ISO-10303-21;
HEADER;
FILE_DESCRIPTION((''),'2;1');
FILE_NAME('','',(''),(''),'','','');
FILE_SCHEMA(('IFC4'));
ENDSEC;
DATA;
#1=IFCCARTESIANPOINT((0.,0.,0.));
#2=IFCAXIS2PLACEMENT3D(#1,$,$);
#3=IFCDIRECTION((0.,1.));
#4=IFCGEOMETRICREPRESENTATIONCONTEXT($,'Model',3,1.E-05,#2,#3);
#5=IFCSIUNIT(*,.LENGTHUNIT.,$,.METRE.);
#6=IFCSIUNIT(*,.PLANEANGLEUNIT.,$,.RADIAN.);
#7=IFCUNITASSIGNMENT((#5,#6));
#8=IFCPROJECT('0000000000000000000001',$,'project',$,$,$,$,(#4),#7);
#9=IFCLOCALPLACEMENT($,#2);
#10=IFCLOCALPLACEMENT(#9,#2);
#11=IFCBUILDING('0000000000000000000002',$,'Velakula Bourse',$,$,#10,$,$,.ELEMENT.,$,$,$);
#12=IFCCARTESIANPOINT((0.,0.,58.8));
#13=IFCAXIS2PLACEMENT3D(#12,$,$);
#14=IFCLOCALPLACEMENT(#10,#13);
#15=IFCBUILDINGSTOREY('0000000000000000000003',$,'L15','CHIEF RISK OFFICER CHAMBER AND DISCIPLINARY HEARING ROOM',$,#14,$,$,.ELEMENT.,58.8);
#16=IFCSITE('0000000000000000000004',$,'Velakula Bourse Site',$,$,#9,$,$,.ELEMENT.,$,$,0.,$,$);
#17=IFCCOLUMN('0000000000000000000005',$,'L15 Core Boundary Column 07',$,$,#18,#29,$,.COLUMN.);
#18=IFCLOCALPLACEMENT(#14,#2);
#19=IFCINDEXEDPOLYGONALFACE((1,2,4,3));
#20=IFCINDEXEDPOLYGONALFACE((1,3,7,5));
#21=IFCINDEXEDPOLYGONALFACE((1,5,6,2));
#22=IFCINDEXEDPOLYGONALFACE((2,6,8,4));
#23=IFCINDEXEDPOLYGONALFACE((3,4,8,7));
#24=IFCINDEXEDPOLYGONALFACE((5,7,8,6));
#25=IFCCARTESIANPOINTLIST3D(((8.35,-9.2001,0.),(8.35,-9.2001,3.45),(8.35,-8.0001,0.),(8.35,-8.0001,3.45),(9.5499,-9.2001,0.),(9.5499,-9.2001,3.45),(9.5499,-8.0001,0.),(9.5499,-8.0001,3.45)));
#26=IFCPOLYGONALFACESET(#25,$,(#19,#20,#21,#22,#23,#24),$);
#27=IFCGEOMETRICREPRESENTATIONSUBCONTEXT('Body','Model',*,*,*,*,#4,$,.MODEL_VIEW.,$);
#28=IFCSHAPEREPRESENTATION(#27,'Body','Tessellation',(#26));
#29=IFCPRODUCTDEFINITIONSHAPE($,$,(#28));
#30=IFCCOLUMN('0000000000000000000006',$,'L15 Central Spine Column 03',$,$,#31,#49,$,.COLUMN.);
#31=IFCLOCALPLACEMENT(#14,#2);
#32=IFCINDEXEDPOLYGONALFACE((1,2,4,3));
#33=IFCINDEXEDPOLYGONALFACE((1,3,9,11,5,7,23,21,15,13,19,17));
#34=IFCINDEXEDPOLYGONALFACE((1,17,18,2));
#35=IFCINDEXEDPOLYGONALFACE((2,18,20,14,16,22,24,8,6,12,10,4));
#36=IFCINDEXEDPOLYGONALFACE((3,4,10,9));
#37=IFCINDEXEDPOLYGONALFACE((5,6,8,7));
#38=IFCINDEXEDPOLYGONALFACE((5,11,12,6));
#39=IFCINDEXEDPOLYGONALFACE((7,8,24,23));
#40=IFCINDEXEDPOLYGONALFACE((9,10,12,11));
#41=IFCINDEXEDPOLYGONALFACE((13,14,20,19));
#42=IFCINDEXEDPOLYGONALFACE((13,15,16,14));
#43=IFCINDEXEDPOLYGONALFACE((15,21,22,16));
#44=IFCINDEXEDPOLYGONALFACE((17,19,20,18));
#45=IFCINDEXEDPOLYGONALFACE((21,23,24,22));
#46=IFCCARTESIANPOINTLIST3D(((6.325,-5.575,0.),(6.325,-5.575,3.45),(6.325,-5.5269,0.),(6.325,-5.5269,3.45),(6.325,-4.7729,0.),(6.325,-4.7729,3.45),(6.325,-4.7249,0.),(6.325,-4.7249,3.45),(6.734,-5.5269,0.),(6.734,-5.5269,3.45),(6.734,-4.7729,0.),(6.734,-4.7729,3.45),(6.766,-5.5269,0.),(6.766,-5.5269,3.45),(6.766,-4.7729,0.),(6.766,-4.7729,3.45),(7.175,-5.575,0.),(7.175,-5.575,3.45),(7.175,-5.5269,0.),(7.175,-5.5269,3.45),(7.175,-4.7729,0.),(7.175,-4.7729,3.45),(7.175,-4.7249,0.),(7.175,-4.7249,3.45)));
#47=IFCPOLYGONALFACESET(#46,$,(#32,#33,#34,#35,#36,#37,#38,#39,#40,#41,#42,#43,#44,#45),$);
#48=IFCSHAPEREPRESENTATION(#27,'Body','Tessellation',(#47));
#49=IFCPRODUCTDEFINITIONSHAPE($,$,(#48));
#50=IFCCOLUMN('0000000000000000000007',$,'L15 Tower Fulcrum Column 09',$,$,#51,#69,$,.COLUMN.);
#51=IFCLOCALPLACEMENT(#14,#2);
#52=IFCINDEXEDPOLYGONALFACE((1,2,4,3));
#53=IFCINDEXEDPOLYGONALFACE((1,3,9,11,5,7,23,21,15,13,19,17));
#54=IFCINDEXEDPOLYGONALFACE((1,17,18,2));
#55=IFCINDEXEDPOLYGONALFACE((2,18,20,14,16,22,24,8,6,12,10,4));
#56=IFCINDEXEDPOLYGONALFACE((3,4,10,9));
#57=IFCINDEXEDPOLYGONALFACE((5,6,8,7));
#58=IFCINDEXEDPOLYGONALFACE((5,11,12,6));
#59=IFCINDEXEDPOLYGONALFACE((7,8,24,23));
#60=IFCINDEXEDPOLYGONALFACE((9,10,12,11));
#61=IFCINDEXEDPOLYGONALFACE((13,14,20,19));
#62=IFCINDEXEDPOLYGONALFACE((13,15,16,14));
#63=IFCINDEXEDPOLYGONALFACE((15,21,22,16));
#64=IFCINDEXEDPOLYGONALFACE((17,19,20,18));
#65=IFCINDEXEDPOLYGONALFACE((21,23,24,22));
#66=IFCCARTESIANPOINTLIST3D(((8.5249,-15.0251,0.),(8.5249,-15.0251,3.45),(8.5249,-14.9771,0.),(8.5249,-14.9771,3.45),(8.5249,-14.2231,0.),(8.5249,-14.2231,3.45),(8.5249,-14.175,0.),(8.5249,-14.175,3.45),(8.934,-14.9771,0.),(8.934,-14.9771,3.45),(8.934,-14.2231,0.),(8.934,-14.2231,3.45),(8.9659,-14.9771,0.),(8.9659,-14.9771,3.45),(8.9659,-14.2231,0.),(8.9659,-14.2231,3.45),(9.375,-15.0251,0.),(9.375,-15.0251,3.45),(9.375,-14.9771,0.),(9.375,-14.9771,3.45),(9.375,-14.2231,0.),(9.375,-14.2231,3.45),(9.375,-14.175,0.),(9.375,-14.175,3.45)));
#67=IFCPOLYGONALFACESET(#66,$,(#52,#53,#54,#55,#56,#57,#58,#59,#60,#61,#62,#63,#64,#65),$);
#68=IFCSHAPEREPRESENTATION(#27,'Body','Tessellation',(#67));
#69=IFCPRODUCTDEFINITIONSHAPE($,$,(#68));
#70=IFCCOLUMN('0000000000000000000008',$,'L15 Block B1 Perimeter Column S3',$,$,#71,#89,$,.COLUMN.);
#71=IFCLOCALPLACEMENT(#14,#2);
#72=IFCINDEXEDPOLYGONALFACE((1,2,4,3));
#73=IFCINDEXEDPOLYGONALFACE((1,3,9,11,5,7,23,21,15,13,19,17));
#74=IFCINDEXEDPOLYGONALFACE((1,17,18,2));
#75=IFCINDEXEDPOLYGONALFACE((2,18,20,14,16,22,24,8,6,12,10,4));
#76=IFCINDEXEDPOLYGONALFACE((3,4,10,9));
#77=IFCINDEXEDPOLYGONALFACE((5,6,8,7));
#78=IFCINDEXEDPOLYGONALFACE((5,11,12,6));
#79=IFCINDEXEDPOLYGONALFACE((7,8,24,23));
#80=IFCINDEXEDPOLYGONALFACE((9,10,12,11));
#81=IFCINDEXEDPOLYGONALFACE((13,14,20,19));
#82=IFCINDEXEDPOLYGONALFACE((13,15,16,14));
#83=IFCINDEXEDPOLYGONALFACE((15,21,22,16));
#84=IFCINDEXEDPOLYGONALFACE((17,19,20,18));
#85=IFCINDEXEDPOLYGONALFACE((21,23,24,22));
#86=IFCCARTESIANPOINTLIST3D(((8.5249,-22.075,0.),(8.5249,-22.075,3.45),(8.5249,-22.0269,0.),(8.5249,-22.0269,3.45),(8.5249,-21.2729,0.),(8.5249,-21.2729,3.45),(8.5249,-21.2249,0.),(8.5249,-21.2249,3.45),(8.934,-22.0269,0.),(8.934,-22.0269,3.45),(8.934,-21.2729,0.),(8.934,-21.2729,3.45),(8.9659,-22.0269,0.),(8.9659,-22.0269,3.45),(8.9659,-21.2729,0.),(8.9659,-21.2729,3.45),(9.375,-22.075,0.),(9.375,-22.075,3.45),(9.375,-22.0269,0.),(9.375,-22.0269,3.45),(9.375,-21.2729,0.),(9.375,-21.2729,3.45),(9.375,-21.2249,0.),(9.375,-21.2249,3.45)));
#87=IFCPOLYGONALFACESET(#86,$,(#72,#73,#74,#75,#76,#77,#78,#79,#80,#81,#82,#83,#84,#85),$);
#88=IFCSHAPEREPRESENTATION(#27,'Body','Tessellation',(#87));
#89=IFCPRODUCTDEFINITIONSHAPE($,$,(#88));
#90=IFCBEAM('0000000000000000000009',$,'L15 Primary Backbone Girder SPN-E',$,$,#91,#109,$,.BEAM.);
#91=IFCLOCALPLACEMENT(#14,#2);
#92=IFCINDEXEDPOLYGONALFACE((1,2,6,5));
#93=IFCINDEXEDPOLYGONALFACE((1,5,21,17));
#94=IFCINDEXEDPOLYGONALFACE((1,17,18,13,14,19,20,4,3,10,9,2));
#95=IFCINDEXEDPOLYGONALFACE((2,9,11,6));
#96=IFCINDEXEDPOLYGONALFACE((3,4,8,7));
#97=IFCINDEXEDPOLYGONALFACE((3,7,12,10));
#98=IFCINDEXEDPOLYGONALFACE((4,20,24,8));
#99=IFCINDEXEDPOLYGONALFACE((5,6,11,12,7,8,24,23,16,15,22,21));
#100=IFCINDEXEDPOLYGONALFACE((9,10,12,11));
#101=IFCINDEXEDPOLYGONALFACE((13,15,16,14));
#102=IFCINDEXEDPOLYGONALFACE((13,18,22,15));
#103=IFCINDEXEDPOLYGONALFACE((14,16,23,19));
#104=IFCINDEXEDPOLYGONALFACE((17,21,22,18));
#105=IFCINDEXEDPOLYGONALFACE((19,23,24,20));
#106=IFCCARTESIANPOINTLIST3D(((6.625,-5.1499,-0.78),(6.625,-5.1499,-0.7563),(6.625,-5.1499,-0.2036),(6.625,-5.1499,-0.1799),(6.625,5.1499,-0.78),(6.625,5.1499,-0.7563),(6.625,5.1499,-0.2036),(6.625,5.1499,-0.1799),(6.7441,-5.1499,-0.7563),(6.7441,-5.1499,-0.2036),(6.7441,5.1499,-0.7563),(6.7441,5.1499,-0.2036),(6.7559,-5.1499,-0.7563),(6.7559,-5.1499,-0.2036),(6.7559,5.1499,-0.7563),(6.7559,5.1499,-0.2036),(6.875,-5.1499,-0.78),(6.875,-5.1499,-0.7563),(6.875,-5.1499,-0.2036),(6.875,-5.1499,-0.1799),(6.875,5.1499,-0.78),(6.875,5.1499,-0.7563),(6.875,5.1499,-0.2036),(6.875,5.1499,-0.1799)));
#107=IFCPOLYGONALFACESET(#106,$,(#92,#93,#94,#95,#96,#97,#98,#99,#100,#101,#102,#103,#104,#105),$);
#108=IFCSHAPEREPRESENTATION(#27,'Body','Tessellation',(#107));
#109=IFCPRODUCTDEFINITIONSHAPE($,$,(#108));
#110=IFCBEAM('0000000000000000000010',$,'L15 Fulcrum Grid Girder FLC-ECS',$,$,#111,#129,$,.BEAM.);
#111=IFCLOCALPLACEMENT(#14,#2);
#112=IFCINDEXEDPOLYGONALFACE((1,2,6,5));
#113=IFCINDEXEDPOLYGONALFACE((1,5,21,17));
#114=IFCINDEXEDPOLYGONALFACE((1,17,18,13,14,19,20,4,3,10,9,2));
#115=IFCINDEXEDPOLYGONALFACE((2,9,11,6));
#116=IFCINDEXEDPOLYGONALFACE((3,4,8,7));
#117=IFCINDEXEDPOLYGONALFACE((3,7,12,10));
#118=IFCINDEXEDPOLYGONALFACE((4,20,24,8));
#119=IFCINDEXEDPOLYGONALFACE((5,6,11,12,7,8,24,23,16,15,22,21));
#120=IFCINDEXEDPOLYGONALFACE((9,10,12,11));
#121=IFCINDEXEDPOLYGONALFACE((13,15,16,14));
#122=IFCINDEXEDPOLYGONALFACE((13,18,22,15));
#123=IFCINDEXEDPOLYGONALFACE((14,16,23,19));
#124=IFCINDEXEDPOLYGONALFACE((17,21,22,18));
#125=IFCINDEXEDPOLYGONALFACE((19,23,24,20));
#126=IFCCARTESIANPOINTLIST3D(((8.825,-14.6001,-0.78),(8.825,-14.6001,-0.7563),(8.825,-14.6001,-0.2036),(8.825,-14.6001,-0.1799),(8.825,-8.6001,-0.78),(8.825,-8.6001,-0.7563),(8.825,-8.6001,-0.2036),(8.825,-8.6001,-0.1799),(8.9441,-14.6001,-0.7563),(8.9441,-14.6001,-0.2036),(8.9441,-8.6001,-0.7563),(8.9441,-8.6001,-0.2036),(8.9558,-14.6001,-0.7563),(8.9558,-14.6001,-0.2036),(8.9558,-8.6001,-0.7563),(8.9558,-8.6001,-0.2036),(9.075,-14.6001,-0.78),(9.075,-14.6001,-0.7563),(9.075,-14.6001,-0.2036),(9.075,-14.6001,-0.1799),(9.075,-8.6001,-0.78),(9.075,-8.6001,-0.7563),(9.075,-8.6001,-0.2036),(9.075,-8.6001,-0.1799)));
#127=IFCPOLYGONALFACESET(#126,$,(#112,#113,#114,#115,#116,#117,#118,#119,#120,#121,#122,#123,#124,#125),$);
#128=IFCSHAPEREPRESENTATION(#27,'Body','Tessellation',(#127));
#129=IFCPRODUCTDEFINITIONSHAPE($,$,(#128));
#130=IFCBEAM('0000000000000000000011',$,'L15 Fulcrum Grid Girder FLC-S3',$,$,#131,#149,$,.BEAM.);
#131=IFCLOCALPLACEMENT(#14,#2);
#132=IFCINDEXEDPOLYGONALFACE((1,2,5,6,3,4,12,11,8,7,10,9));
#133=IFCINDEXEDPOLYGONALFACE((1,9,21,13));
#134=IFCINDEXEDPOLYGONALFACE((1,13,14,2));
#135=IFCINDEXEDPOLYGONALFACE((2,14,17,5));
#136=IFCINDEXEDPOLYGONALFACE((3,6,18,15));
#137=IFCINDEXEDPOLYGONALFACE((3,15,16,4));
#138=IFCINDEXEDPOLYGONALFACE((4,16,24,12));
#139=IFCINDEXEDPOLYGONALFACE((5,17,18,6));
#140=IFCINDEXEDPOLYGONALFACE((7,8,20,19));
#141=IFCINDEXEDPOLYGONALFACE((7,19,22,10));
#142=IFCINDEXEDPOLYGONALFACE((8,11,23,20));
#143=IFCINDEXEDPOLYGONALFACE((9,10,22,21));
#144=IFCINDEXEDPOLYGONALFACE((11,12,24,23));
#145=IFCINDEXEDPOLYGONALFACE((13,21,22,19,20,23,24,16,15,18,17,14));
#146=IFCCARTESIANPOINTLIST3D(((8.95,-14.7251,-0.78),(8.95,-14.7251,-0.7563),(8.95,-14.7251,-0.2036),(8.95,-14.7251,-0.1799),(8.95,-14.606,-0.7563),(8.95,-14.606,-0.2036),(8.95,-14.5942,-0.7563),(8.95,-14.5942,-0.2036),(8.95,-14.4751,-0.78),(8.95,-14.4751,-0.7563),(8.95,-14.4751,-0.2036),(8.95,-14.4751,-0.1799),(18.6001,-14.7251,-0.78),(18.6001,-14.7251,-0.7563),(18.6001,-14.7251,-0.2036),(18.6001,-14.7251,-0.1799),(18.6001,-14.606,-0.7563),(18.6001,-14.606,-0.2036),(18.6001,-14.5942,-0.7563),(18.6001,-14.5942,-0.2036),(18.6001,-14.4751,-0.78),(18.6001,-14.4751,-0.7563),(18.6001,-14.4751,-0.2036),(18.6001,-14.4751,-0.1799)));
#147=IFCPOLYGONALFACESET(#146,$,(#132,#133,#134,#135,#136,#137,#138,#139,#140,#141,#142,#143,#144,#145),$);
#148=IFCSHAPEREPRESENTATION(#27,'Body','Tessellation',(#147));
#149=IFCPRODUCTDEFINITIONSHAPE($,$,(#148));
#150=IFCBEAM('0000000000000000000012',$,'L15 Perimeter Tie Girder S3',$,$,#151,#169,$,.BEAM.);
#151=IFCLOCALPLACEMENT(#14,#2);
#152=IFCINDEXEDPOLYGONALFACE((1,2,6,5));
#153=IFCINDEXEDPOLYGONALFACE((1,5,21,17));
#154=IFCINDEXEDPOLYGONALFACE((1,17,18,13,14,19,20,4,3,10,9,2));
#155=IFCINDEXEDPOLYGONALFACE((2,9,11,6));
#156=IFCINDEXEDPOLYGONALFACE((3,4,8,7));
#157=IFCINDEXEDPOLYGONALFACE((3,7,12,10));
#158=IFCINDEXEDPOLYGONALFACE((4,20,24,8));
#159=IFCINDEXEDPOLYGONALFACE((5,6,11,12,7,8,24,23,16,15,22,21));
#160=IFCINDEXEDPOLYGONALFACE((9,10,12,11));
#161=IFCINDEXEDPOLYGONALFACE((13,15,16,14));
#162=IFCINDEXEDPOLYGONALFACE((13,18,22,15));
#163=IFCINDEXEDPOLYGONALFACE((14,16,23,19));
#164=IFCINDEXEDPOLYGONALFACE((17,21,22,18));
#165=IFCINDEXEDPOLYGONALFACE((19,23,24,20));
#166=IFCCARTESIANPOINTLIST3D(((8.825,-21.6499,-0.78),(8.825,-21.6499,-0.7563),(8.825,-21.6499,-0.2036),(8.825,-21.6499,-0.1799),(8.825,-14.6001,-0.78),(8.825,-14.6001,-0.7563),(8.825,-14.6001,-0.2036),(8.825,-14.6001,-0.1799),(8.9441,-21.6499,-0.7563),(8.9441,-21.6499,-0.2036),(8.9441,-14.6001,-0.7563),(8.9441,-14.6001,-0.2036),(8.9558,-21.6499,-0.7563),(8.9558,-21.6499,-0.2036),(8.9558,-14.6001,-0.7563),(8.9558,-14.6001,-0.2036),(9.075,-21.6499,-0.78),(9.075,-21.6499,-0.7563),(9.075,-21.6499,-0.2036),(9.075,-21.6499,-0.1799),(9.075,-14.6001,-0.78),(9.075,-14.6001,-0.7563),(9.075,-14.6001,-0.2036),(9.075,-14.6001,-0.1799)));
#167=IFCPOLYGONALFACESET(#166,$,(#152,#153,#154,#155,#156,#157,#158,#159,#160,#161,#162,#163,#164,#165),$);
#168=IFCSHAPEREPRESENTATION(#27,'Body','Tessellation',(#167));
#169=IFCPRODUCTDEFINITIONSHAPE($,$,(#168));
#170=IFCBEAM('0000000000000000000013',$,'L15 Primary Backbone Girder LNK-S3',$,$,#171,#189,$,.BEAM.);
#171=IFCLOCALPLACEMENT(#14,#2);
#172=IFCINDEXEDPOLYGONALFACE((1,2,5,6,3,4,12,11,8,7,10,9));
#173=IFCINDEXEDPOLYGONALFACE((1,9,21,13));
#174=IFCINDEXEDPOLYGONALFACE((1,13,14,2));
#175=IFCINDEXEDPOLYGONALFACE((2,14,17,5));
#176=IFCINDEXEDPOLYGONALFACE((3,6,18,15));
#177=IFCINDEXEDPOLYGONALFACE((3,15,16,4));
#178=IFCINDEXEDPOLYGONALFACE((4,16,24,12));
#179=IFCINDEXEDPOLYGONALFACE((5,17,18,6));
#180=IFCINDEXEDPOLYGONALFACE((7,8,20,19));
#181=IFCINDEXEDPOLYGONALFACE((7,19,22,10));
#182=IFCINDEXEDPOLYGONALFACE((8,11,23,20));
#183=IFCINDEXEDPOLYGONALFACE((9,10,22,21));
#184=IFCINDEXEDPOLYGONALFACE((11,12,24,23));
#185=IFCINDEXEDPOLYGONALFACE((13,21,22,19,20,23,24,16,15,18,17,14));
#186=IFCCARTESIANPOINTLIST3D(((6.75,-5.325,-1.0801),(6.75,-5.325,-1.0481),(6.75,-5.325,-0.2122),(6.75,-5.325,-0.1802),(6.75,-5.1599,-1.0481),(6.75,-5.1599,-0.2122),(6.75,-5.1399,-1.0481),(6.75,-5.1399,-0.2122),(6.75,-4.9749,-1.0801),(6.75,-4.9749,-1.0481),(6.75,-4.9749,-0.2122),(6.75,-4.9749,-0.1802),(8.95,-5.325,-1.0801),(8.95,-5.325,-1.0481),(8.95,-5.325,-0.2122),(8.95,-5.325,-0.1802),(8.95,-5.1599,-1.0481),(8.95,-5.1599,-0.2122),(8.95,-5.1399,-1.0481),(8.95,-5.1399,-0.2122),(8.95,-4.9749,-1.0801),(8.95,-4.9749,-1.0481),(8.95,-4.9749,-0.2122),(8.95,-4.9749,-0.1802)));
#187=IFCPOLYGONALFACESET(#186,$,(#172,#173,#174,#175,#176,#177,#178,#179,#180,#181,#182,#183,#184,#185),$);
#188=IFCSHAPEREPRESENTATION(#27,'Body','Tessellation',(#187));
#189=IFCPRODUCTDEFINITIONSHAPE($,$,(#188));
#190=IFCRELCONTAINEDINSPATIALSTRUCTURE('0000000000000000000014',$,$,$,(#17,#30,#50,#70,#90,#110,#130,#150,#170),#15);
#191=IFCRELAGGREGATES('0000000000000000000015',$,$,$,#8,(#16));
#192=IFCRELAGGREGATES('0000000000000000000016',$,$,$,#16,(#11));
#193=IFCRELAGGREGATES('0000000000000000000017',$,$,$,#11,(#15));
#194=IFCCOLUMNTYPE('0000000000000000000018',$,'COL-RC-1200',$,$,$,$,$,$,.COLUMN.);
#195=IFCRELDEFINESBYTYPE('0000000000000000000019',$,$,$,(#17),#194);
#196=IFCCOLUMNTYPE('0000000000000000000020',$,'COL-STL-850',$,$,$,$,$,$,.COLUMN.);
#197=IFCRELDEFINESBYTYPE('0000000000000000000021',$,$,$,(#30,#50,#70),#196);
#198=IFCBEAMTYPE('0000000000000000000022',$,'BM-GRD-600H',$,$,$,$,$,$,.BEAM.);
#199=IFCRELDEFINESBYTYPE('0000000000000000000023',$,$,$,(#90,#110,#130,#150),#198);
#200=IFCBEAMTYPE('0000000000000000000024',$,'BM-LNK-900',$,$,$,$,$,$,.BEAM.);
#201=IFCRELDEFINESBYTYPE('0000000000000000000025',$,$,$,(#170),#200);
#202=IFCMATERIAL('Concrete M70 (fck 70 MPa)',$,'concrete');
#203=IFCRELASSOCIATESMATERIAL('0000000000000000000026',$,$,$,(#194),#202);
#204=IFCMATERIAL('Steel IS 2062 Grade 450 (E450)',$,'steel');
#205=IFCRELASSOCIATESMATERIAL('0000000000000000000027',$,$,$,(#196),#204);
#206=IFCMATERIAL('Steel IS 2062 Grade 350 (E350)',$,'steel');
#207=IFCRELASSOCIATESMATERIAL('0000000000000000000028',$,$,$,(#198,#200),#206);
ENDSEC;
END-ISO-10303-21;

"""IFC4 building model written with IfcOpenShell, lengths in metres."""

from ifc_helpers import new_model, si_unit, direction, frame, origin, origin_2d, place, context, subcontext, project, spatial, rectangle, i_section, extrude, material, material_profile, profile_set, type_object, element, save


model = new_model("IFC4")

# Units and contexts
model_context = context("Model", 3, precision=1e-05, world=origin(), true_north=direction((0.0, 1.0)))
body_context = subcontext(model_context, "Body", "Model", "MODEL_VIEW")
ifc_project = project(units=[si_unit("LENGTHUNIT", "METRE"), si_unit("PLANEANGLEUNIT", "RADIAN")], contexts=[model_context])

# Site, building, storey
site_placement = place(None, origin())
site = spatial("IfcSite", under=ifc_project, at=site_placement, Name="Velakula Bourse Site", CompositionType="ELEMENT", RefElevation=0.0)
building_placement = place(site_placement, origin())
building = spatial("IfcBuilding", under=site, at=building_placement, Name="Velakula Bourse", CompositionType="ELEMENT")
storey_placement = place(building_placement, frame((0.0, 0.0, 58.8)))
storey = spatial("IfcBuildingStorey", under=building, at=storey_placement, Name="L15", Description="CHIEF RISK OFFICER CHAMBER AND DISCIPLINARY HEARING ROOM", CompositionType="ELEMENT", Elevation=58.8)

# Columns
ifc_material_1 = material(Name="Concrete M70 (fck 70 MPa)", Category="concrete")
ifc_material_profile_1 = material_profile(ifc_material_1, rectangle(XDim=1.2, YDim=1.2, at=origin_2d()), Name="Concrete M70 (fck 70 MPa)")
ifc_profile_set_1 = profile_set([ifc_material_profile_1], Name="Concrete M70 (fck 70 MPa)")
column_type_1 = type_object("IfcColumnType", Name="COL-RC-1200", PredefinedType="COLUMN", material=ifc_profile_set_1)
column_placement = place(storey_placement, frame((8.95, -8.6001, 0.0), z_axis=(0.0, 0.0, 1.0), x_axis=(1.0, 0.0, 0.0)))
element("IfcColumn", 1, at=column_placement, inside=storey, type_object=column_type_1, Name="L15 Core Boundary Column 07", PredefinedType="COLUMN", context=body_context, shape_type="SweptSolid", body=[
    extrude(rectangle(XDim=1.2, YDim=1.2, at=origin_2d()), origin(), (0.0, 0.0, 1.0), 3.45),
])
ifc_material_2 = material(Name="Steel IS 2062 Grade 450 (E450)", Category="steel")
ifc_material_profile_2 = material_profile(ifc_material_2, i_section(OverallWidth=0.8501, OverallDepth=0.8501, WebThickness=0.032, FlangeThickness=0.0481, at=origin_2d()), Name="Steel IS 2062 Grade 450 (E450)")
ifc_profile_set_2 = profile_set([ifc_material_profile_2], Name="Steel IS 2062 Grade 450 (E450)")
column_type_2 = type_object("IfcColumnType", Name="COL-STL-850", PredefinedType="COLUMN", material=ifc_profile_set_2)
for number, where, z_axis, x_axis, name in (
    (2, (6.75, -5.1499, 0.0), (0.0, 0.0, 1.0), (1.0, 0.0, 0.0), "L15 Central Spine Column 03"),
    (3, (8.95, -14.6001, 0.0), (0.0, 0.0, 1.0), (1.0, 0.0, 0.0), "L15 Tower Fulcrum Column 09"),
    (4, (8.95, -21.6499, 0.0), (0.0, 0.0, 1.0), (1.0, 0.0, 0.0), "L15 Block B1 Perimeter Column S3"),
):
    element("IfcColumn", number, at=place(storey_placement, frame(where, z_axis=z_axis, x_axis=x_axis)), inside=storey, type_object=column_type_2, Name=name, PredefinedType="COLUMN", context=body_context, shape_type="SweptSolid", body=[
        extrude(i_section(OverallWidth=0.8501, OverallDepth=0.8501, WebThickness=0.032, FlangeThickness=0.0481, at=origin_2d()), origin(), (0.0, 0.0, 1.0), 3.45),
    ])

# Beams
ifc_material_3 = material(Name="Steel IS 2062 Grade 350 (E350)", Category="steel")
ifc_material_profile_3 = material_profile(ifc_material_3, i_section(OverallWidth=0.25, OverallDepth=0.6001, WebThickness=0.0117, FlangeThickness=0.0237, at=origin_2d()), Name="Steel IS 2062 Grade 350 (E350)")
ifc_profile_set_3 = profile_set([ifc_material_profile_3], Name="Steel IS 2062 Grade 350 (E350)")
beam_type_1 = type_object("IfcBeamType", Name="BM-GRD-600H", PredefinedType="BEAM", material=ifc_profile_set_3)
beam_1_placement = place(storey_placement, frame((6.75, -5.1499, -0.48), z_axis=(0.0, 1.0, 0.0), x_axis=(-1.0, 0.0, 0.0)))
element("IfcBeam", 5, at=beam_1_placement, inside=storey, type_object=beam_type_1, Name="L15 Primary Backbone Girder SPN-E", PredefinedType="BEAM", context=body_context, shape_type="SweptSolid", body=[
    extrude(i_section(OverallWidth=0.25, OverallDepth=0.6001, WebThickness=0.0117, FlangeThickness=0.0237, at=origin_2d()), origin(), (0.0, 0.0, 1.0), 10.2998),
])
beam_2_placement = place(storey_placement, frame((8.95, -14.6001, -0.48), z_axis=(0.0, 1.0, 0.0), x_axis=(-1.0, 0.0, 0.0)))
element("IfcBeam", 6, at=beam_2_placement, inside=storey, type_object=beam_type_1, Name="L15 Fulcrum Grid Girder FLC-ECS", PredefinedType="BEAM", context=body_context, shape_type="SweptSolid", body=[
    extrude(i_section(OverallWidth=0.25, OverallDepth=0.6001, WebThickness=0.0117, FlangeThickness=0.0237, at=origin_2d()), origin(), (0.0, 0.0, 1.0), 6.0),
])
beam_3_placement = place(storey_placement, frame((8.95, -14.6001, -0.48), z_axis=(1.0, 0.0, 0.0), x_axis=(0.0, 1.0, 0.0)))
element("IfcBeam", 7, at=beam_3_placement, inside=storey, type_object=beam_type_1, Name="L15 Fulcrum Grid Girder FLC-S3", PredefinedType="BEAM", context=body_context, shape_type="SweptSolid", body=[
    extrude(i_section(OverallWidth=0.25, OverallDepth=0.6001, WebThickness=0.0117, FlangeThickness=0.0237, at=origin_2d()), origin(), (0.0, 0.0, 1.0), 9.6501),
])
beam_4_placement = place(storey_placement, frame((8.95, -14.6001, -0.48), z_axis=(0.0, -1.0, 0.0), x_axis=(1.0, 0.0, 0.0)))
element("IfcBeam", 8, at=beam_4_placement, inside=storey, type_object=beam_type_1, Name="L15 Perimeter Tie Girder S3", PredefinedType="BEAM", context=body_context, shape_type="SweptSolid", body=[
    extrude(i_section(OverallWidth=0.25, OverallDepth=0.6001, WebThickness=0.0117, FlangeThickness=0.0237, at=origin_2d()), origin(), (0.0, 0.0, 1.0), 7.0498),
])
ifc_material_profile_4 = material_profile(ifc_material_3, i_section(OverallWidth=0.3501, OverallDepth=0.8999, WebThickness=0.02, FlangeThickness=0.032, at=origin_2d()), Name="Steel IS 2062 Grade 350 (E350)")
ifc_profile_set_4 = profile_set([ifc_material_profile_4], Name="Steel IS 2062 Grade 350 (E350)")
beam_type_2 = type_object("IfcBeamType", Name="BM-LNK-900", PredefinedType="BEAM", material=ifc_profile_set_4)
beam_5_placement = place(storey_placement, frame((6.75, -5.1499, -0.6301), z_axis=(1.0, 0.0, 0.0), x_axis=(0.0, 1.0, 0.0)))
element("IfcBeam", 9, at=beam_5_placement, inside=storey, type_object=beam_type_2, Name="L15 Primary Backbone Girder LNK-S3", PredefinedType="BEAM", context=body_context, shape_type="SweptSolid", body=[
    extrude(i_section(OverallWidth=0.3501, OverallDepth=0.8999, WebThickness=0.02, FlangeThickness=0.032, at=origin_2d()), origin(), (0.0, 0.0, 1.0), 2.2),
])

save(model, "model.ifc")
